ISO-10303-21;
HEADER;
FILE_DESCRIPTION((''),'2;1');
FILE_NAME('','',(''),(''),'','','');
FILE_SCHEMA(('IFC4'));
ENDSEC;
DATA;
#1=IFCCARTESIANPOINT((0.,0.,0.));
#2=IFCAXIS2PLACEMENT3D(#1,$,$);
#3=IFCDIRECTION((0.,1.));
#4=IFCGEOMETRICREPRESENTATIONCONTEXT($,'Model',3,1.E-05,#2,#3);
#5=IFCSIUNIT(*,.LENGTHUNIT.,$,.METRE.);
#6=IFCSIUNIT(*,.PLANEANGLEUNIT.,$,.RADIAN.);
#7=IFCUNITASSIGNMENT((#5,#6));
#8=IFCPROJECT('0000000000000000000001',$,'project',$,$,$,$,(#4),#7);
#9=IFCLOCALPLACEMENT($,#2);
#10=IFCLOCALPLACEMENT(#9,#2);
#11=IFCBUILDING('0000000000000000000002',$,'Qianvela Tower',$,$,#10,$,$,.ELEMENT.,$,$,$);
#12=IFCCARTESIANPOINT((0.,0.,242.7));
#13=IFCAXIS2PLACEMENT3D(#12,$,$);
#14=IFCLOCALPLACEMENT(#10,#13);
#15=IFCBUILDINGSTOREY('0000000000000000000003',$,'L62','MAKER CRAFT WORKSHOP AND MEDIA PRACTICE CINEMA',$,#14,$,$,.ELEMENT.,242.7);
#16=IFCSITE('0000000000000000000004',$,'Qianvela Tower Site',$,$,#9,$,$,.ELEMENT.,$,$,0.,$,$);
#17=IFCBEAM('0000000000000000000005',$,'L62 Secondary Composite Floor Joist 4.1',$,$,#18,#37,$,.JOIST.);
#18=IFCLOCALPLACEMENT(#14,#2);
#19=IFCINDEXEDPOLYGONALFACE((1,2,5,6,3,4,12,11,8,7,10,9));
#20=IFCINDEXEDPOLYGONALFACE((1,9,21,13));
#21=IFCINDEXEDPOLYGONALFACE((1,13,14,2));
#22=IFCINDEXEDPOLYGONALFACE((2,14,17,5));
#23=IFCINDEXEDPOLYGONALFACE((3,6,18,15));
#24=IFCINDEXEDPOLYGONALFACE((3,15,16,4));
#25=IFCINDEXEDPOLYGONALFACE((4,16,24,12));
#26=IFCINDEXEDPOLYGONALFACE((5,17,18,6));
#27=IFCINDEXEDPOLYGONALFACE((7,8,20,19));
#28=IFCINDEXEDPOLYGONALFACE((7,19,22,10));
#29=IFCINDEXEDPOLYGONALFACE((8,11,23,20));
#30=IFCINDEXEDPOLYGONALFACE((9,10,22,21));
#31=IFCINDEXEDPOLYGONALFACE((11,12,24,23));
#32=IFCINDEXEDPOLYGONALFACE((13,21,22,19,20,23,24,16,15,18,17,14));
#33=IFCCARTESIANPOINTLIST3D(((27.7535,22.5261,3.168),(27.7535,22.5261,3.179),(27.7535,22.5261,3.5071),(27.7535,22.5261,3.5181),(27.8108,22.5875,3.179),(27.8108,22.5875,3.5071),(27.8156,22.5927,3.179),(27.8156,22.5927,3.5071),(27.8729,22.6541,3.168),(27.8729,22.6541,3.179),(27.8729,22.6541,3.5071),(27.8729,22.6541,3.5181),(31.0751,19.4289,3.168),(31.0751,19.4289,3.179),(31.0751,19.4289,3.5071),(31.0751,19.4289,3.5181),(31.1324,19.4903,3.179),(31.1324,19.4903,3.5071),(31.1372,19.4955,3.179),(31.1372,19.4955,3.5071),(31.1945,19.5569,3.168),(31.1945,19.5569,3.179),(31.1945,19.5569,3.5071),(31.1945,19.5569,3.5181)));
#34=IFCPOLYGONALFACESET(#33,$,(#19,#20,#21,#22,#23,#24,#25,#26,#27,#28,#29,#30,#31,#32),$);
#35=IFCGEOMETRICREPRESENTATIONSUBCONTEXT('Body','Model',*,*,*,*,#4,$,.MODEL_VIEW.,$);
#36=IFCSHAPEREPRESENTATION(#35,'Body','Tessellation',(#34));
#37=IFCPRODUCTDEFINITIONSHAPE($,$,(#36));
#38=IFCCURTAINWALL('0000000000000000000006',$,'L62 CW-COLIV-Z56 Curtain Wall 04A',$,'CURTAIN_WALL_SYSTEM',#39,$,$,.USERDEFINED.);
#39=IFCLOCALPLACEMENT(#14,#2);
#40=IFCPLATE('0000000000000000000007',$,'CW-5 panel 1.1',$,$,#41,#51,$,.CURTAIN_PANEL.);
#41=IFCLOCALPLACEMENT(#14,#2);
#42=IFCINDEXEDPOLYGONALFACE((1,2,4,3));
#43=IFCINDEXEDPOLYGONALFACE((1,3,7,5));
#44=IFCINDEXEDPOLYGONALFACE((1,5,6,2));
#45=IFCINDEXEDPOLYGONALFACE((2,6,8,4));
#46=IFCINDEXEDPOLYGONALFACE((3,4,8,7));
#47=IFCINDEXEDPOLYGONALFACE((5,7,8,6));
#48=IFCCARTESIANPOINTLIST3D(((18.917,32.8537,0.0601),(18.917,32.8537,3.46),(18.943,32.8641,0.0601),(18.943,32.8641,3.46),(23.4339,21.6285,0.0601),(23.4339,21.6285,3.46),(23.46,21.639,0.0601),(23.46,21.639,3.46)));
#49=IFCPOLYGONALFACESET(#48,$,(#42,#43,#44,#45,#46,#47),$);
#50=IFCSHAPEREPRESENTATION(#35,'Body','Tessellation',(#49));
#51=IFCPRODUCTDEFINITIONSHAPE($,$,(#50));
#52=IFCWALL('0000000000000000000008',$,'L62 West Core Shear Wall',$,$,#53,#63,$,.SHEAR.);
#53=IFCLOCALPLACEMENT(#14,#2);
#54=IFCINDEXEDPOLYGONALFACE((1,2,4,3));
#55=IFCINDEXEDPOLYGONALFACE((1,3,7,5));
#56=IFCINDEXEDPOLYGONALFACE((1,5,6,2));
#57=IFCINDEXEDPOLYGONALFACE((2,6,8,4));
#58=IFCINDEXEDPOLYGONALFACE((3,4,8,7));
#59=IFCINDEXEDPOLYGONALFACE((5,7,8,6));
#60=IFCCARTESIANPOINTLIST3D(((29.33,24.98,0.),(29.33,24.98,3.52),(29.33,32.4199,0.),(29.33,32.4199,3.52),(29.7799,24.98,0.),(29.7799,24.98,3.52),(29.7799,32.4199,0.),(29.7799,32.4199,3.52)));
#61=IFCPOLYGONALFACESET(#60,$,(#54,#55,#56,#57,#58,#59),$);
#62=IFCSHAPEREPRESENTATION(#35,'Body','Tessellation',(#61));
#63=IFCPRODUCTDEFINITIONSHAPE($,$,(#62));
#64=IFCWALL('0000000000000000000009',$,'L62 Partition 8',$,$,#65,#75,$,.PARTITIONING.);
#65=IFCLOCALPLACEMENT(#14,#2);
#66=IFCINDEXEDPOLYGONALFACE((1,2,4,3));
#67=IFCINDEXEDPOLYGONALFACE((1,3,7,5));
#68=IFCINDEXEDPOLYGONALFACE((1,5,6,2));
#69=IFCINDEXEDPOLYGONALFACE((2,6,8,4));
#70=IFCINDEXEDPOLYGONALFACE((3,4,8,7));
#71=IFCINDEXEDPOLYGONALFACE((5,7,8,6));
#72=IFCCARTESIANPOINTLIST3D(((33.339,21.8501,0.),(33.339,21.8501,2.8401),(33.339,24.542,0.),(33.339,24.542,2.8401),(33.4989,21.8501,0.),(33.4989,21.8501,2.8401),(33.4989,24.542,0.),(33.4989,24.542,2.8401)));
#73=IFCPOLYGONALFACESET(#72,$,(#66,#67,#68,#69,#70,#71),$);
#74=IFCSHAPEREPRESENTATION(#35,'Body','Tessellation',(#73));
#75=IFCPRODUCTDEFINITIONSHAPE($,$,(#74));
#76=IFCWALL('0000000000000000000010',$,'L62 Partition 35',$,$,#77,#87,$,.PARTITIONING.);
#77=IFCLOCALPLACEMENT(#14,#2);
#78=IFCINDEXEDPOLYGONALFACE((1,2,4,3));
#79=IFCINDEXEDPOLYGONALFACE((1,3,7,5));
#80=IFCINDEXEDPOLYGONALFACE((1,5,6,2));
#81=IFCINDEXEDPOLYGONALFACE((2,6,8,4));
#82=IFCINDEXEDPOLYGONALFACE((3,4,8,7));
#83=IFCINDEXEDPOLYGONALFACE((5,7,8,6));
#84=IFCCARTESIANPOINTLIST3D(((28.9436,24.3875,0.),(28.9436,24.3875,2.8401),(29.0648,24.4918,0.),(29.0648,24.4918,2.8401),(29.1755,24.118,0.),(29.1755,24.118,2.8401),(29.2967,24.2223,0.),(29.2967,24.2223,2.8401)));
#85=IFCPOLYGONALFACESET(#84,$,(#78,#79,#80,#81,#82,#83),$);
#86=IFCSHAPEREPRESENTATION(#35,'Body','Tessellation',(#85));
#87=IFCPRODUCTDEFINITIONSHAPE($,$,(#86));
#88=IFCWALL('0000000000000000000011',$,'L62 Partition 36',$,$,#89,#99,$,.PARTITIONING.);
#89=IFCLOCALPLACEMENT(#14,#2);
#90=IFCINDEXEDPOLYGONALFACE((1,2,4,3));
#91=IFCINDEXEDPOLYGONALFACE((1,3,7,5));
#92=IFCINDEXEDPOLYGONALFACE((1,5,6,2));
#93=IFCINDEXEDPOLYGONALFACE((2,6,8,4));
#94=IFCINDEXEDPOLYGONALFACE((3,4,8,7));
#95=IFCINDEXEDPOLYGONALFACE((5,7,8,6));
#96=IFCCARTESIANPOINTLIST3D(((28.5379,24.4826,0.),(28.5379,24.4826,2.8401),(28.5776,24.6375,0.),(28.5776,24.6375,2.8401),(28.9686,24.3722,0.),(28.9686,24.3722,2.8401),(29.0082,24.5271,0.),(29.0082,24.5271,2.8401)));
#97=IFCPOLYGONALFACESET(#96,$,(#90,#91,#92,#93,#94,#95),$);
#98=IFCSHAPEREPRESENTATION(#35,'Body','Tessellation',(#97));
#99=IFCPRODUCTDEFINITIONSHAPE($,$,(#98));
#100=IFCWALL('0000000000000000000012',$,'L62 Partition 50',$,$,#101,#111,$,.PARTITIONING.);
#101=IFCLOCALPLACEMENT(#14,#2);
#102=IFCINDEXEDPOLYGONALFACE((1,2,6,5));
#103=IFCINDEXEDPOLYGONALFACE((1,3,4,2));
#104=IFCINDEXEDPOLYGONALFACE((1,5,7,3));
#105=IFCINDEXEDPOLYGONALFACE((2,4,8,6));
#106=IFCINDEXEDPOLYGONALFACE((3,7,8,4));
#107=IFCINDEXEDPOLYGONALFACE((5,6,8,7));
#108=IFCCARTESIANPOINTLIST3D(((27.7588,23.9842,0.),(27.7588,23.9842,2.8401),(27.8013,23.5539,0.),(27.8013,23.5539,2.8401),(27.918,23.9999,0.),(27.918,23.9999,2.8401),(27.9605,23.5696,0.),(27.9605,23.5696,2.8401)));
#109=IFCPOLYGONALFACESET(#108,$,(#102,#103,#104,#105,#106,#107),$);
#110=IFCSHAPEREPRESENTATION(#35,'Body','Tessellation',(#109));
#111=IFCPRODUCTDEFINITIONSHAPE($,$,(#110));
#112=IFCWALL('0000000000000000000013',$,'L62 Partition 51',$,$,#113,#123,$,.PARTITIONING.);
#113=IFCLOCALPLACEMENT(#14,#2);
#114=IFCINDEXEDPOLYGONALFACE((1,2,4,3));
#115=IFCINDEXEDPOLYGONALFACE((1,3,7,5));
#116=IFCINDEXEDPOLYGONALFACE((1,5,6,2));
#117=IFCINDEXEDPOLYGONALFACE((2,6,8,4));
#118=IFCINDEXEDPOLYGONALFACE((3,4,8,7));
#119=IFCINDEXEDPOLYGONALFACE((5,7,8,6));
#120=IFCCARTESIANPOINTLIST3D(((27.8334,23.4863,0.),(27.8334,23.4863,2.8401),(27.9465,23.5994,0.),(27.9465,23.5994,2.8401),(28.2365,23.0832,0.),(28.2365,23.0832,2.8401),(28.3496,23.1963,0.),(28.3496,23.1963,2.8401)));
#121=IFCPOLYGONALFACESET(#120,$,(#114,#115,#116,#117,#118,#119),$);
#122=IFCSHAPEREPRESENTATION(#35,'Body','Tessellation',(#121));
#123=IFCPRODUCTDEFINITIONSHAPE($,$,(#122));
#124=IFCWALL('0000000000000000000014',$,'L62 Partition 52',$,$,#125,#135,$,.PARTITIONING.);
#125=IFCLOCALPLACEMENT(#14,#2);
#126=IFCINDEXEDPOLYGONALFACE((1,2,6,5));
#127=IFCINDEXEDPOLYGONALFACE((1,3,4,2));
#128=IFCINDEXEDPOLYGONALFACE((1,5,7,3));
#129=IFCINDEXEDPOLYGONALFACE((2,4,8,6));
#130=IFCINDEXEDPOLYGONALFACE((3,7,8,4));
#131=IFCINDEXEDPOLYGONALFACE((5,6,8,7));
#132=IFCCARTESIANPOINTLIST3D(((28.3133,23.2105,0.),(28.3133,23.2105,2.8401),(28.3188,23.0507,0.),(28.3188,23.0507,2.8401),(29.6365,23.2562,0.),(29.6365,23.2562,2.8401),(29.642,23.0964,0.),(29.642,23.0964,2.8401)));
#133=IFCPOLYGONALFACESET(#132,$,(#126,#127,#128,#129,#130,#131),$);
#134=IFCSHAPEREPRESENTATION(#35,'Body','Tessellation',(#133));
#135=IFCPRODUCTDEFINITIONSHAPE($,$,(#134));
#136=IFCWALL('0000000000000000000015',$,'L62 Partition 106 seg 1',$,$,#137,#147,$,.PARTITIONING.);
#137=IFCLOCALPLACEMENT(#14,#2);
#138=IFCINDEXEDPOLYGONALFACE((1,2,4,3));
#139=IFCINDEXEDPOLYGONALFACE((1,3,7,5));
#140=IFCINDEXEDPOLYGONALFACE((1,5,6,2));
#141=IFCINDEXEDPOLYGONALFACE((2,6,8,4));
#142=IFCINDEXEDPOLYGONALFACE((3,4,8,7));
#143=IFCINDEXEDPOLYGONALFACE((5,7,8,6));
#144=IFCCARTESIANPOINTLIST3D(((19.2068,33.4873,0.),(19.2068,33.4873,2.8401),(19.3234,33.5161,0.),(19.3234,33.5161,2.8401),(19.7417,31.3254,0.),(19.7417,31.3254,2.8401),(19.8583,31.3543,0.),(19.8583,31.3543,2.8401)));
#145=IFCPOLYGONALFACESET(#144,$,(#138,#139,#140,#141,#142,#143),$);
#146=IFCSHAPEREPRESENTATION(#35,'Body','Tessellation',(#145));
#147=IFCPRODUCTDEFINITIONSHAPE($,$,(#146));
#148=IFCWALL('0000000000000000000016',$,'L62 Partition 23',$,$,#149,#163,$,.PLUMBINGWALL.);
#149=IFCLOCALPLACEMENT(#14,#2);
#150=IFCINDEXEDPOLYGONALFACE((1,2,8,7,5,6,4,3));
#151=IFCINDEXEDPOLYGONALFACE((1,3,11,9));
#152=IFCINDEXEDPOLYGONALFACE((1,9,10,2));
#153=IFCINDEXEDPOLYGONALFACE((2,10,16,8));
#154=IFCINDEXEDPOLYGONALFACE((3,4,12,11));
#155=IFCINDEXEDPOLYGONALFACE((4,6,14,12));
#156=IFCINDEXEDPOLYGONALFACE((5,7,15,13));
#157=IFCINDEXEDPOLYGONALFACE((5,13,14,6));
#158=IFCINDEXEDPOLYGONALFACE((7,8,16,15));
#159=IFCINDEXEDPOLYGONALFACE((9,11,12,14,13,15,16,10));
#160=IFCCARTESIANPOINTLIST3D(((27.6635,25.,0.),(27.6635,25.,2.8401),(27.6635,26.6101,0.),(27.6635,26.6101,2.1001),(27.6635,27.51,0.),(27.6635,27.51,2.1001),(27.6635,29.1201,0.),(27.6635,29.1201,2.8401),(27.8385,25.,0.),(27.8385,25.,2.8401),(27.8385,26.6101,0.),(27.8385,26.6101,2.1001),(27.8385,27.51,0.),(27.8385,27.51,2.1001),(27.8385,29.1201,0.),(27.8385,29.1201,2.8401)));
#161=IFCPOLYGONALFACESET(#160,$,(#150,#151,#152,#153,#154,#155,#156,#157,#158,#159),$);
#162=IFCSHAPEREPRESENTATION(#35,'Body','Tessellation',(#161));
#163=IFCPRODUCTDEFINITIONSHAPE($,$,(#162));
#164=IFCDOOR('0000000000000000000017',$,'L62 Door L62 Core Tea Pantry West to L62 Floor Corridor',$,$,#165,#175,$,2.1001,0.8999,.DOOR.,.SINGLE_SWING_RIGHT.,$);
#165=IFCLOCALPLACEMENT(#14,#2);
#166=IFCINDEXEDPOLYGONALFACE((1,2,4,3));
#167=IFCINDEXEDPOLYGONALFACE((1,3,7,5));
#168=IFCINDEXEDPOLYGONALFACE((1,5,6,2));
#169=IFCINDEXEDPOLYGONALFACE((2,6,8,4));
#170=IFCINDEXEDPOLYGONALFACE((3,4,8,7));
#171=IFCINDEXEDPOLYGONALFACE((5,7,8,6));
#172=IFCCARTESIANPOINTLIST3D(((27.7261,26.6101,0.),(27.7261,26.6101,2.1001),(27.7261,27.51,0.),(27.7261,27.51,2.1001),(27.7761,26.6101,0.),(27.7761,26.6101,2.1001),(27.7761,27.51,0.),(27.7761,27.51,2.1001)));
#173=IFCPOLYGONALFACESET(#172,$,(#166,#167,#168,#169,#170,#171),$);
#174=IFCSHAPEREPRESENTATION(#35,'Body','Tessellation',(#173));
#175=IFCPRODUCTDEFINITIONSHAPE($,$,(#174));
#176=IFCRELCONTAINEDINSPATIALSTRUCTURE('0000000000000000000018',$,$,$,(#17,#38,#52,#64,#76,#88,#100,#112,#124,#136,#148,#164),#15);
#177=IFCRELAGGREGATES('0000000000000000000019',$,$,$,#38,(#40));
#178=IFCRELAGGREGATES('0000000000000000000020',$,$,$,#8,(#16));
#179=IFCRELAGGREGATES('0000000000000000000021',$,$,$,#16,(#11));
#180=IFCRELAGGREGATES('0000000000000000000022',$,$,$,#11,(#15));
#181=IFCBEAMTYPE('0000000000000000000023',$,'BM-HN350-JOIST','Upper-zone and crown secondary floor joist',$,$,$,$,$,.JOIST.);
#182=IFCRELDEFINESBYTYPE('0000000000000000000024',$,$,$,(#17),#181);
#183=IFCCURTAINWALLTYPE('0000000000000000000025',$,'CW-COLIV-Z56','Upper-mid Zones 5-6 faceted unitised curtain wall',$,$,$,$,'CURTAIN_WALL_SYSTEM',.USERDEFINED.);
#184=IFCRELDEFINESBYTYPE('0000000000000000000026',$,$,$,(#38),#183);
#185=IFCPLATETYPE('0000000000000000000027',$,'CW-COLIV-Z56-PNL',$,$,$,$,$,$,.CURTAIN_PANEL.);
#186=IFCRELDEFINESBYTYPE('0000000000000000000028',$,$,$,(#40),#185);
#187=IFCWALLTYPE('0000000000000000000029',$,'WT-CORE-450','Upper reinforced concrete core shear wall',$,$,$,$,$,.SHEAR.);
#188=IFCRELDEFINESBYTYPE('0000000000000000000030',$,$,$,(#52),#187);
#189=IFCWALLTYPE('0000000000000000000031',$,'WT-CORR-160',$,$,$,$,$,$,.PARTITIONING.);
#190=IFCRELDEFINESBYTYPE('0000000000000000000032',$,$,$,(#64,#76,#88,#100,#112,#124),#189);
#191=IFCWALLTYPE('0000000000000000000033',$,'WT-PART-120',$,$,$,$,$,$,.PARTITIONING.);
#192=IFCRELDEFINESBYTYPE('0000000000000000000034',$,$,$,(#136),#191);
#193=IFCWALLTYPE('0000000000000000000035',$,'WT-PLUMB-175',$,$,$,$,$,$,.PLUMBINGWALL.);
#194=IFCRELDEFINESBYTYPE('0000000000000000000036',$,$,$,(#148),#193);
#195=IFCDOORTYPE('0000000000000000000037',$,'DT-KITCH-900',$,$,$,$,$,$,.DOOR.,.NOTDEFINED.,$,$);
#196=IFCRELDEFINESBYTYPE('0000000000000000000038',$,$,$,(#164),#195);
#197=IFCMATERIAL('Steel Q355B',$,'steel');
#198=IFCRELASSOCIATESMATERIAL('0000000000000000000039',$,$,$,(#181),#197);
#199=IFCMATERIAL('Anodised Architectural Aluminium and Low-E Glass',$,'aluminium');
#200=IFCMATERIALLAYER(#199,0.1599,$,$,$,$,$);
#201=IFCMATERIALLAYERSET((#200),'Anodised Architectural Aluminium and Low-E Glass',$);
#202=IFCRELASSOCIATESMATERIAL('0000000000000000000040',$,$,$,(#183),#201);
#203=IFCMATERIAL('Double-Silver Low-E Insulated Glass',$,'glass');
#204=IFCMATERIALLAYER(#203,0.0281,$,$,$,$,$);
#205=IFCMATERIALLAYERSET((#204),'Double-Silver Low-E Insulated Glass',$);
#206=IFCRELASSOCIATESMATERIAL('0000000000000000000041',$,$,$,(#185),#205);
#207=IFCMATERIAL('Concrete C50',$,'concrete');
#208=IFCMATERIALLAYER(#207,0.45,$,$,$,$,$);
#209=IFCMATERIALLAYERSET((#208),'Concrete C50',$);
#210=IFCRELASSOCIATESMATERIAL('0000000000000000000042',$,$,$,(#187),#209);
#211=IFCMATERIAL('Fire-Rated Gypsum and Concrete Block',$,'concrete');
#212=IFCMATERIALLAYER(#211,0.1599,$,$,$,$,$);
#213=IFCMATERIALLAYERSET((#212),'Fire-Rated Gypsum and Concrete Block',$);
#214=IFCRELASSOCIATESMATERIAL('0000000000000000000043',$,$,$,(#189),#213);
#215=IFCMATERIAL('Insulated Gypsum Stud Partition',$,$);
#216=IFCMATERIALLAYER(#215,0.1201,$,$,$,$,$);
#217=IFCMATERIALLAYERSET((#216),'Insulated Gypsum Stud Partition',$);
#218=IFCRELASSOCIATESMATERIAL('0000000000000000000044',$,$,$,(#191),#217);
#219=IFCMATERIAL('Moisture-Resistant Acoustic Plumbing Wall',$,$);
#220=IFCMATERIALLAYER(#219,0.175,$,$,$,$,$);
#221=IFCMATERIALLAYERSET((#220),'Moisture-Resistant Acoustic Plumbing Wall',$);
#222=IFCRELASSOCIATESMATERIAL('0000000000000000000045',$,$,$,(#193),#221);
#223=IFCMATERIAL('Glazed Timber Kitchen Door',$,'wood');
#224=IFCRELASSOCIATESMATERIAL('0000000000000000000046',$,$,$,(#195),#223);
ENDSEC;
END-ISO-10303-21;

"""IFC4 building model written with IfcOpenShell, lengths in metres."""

from ifc_helpers import new_model, si_unit, direction, frame, frame_2d, origin, origin_2d, place, context, subcontext, project, spatial, rectangle, i_section, extrude, material, layer, layer_set, material_profile, profile_set, type_object, element, fill, aggregate, save


model = new_model("IFC4")

# Units and contexts
model_context = context("Model", 3, precision=1e-05, world=origin(), true_north=direction((0.0, 1.0)))
body_context = subcontext(model_context, "Body", "Model", "MODEL_VIEW")
ifc_project = project(units=[si_unit("LENGTHUNIT", "METRE"), si_unit("PLANEANGLEUNIT", "RADIAN")], contexts=[model_context])

# Site, building, storey
site_placement = place(None, origin())
site = spatial("IfcSite", under=ifc_project, at=site_placement, Name="Qianvela Tower Site", CompositionType="ELEMENT", RefElevation=0.0)
building_placement = place(site_placement, origin())
building = spatial("IfcBuilding", under=site, at=building_placement, Name="Qianvela Tower", CompositionType="ELEMENT")
storey_placement = place(building_placement, frame((0.0, 0.0, 242.7)))
storey = spatial("IfcBuildingStorey", under=building, at=storey_placement, Name="L62", Description="MAKER CRAFT WORKSHOP AND MEDIA PRACTICE CINEMA", CompositionType="ELEMENT", Elevation=242.7)

# Beam
ifc_material_1 = material(Name="Steel Q355B", Category="steel")
ifc_material_profile_1 = material_profile(ifc_material_1, i_section(OverallWidth=0.175, OverallDepth=0.3501, WebThickness=0.0071, FlangeThickness=0.011, at=origin_2d()), Name="HN350x175x7x11")
ifc_profile_set_1 = profile_set([ifc_material_profile_1], Name="Steel Q355B")
beam_type_1 = type_object("IfcBeamType", Name="BM-HN350-JOIST", Description="Upper-zone and crown secondary floor joist", PredefinedType="JOIST", material=ifc_profile_set_1)
beam_1_placement = place(storey_placement, frame((27.8132, 22.5901, 3.343), z_axis=(0.731377, -0.681973, 0.0), x_axis=(0.681973, 0.731377, 0.0)))
element("IfcBeam", 1, at=beam_1_placement, inside=storey, type_object=beam_type_1, Name="L62 Secondary Composite Floor Joist 4.1", PredefinedType="JOIST", context=body_context, shape_type="SweptSolid", body=[
    extrude(i_section(OverallWidth=0.175, OverallDepth=0.3501, WebThickness=0.0071, FlangeThickness=0.011, at=origin_2d()), origin(), (0.0, 0.0, 1.0), 4.5415),
])

# Curtain wall, plate
ifc_material_2 = material(Name="Anodised Architectural Aluminium and Low-E Glass", Category="aluminium")
ifc_layer_1 = layer(ifc_material_2, 0.1599)
ifc_layer_set_1 = layer_set([ifc_layer_1], Name="Anodised Architectural Aluminium and Low-E Glass")
curtain_wall_type = type_object("IfcCurtainWallType", Name="CW-COLIV-Z56", Description="Upper-mid Zones 5-6 faceted unitised curtain wall", ElementType="CURTAIN_WALL_SYSTEM", PredefinedType="USERDEFINED", material=ifc_layer_set_1)
curtain_wall_placement = place(storey_placement, origin())
curtain_wall = element("IfcCurtainWall", 2, at=curtain_wall_placement, inside=storey, type_object=curtain_wall_type, Name="L62 CW-COLIV-Z56 Curtain Wall 04A", ObjectType="CURTAIN_WALL_SYSTEM", PredefinedType="USERDEFINED")
ifc_material_3 = material(Name="Double-Silver Low-E Insulated Glass", Category="glass")
ifc_layer_2 = layer(ifc_material_3, 0.0281)
ifc_layer_set_2 = layer_set([ifc_layer_2], Name="Double-Silver Low-E Insulated Glass")
plate_type = type_object("IfcPlateType", Name="CW-COLIV-Z56-PNL", PredefinedType="CURTAIN_PANEL", material=ifc_layer_set_2)
plate_placement = place(storey_placement, frame((21.1885, 27.2463, 0.0601), z_axis=(0.0, 0.0, 1.0), x_axis=(0.373306, -0.927708, 0.0)))
plate = element("IfcPlate", 3, at=plate_placement, type_object=plate_type, Name="CW-5 panel 1.1", PredefinedType="CURTAIN_PANEL", context=body_context, shape_type="SweptSolid", body=[
    extrude(rectangle(XDim=12.0999, YDim=0.0281, at=origin_2d()), origin(), (0.0, 0.0, 1.0), 3.3999),
])
aggregate(curtain_wall, [plate])

# Shared definitions
ifc_material_4 = material(Name="Concrete C50", Category="concrete")
ifc_layer_3 = layer(ifc_material_4, 0.45)
ifc_layer_set_3 = layer_set([ifc_layer_3], Name="Concrete C50")
wall_type_1 = type_object("IfcWallType", Name="WT-CORE-450", Description="Upper reinforced concrete core shear wall", PredefinedType="SHEAR", material=ifc_layer_set_3)

# Walls
wall_1_placement = place(storey_placement, frame((29.5549, 24.98, 0.0), z_axis=(0.0, 0.0, 1.0), x_axis=(0.0, 1.0, 0.0)))
element("IfcWall", 4, at=wall_1_placement, inside=storey, type_object=wall_type_1, Name="L62 West Core Shear Wall", PredefinedType="SHEAR", context=body_context, shape_type="SweptSolid", body=[
    extrude(rectangle(XDim=7.4399, YDim=0.45, at=frame_2d((3.72, 0.0))), origin(), (0.0, 0.0, 1.0), 3.52),
])
ifc_material_5 = material(Name="Fire-Rated Gypsum and Concrete Block", Category="concrete")
ifc_layer_4 = layer(ifc_material_5, 0.1599)
ifc_layer_set_4 = layer_set([ifc_layer_4], Name="Fire-Rated Gypsum and Concrete Block")
wall_type_2 = type_object("IfcWallType", Name="WT-CORR-160", PredefinedType="PARTITIONING", material=ifc_layer_set_4)
wall_2_placement = place(storey_placement, frame((33.4189, 24.542, 0.0), z_axis=(0.0, 0.0, 1.0), x_axis=(0.0, -1.0, 0.0)))
element("IfcWall", 5, at=wall_2_placement, inside=storey, type_object=wall_type_2, Name="L62 Partition 8", PredefinedType="PARTITIONING", context=body_context, shape_type="SweptSolid", body=[
    extrude(rectangle(XDim=2.6919, YDim=0.1599, at=frame_2d((1.3459, 0.0))), origin(), (0.0, 0.0, 1.0), 2.8401),
])
wall_3_placement = place(storey_placement, frame((29.2361, 24.1702, 0.0), z_axis=(0.0, 0.0, 1.0), x_axis=(-0.65226, 0.757995, 0.0)))
element("IfcWall", 6, at=wall_3_placement, inside=storey, type_object=wall_type_2, Name="L62 Partition 35", PredefinedType="PARTITIONING", context=body_context, shape_type="SweptSolid", body=[
    extrude(rectangle(XDim=0.3555, YDim=0.1599, at=frame_2d((0.1777, 0.0))), origin(), (0.0, 0.0, 1.0), 2.8401),
])
wall_4_placement = place(storey_placement, frame((28.9883, 24.4497, 0.0), z_axis=(0.0, 0.0, 1.0), x_axis=(-0.968705, 0.248217, 0.0)))
element("IfcWall", 7, at=wall_4_placement, inside=storey, type_object=wall_type_2, Name="L62 Partition 36", PredefinedType="PARTITIONING", context=body_context, shape_type="SweptSolid", body=[
    extrude(rectangle(XDim=0.4446, YDim=0.1599, at=frame_2d((0.2222, 0.0))), origin(), (0.0, 0.0, 1.0), 2.8401),
])
wall_5_placement = place(storey_placement, frame((27.8384, 23.9922, 0.0), z_axis=(0.0, 0.0, 1.0), x_axis=(0.098273, -0.995159, 0.0)))
element("IfcWall", 8, at=wall_5_placement, inside=storey, type_object=wall_type_2, Name="L62 Partition 50", PredefinedType="PARTITIONING", context=body_context, shape_type="SweptSolid", body=[
    extrude(rectangle(XDim=0.4324, YDim=0.1599, at=frame_2d((0.2163, 0.0))), origin(), (0.0, 0.0, 1.0), 2.8401),
])
wall_6_placement = place(storey_placement, frame((27.8899, 23.543, 0.0), z_axis=(0.0, 0.0, 1.0), x_axis=(0.707107, -0.707107, 0.0)))
element("IfcWall", 9, at=wall_6_placement, inside=storey, type_object=wall_type_2, Name="L62 Partition 51", PredefinedType="PARTITIONING", context=body_context, shape_type="SweptSolid", body=[
    extrude(rectangle(XDim=0.5701, YDim=0.1599, at=frame_2d((0.2852, 0.0))), origin(), (0.0, 0.0, 1.0), 2.8401),
])
wall_7_placement = place(storey_placement, frame((28.3159, 23.1306, 0.0), z_axis=(0.0, 0.0, 1.0), x_axis=(0.999405, 0.034481, 0.0)))
element("IfcWall", 10, at=wall_7_placement, inside=storey, type_object=wall_type_2, Name="L62 Partition 52", PredefinedType="PARTITIONING", context=body_context, shape_type="SweptSolid", body=[
    extrude(rectangle(XDim=1.324, YDim=0.1599, at=frame_2d((0.6621, 0.0))), origin(), (0.0, 0.0, 1.0), 2.8401),
])
ifc_material_6 = material(Name="Insulated Gypsum Stud Partition")
ifc_layer_5 = layer(ifc_material_6, 0.1201)
ifc_layer_set_5 = layer_set([ifc_layer_5], Name="Insulated Gypsum Stud Partition")
wall_type_3 = type_object("IfcWallType", Name="WT-PART-120", PredefinedType="PARTITIONING", material=ifc_layer_set_5)
wall_8_placement = place(storey_placement, frame((19.8, 31.3398, 0.0), z_axis=(0.0, 0.0, 1.0), x_axis=(-0.240188, 0.970726, 0.0)))
element("IfcWall", 11, at=wall_8_placement, inside=storey, type_object=wall_type_3, Name="L62 Partition 106 seg 1", PredefinedType="PARTITIONING", context=body_context, shape_type="SweptSolid", body=[
    extrude(rectangle(XDim=2.2271, YDim=0.1201, at=frame_2d((1.1135, 0.0))), origin(), (0.0, 0.0, 1.0), 2.8401),
])

# Wall, opening, door
ifc_material_7 = material(Name="Moisture-Resistant Acoustic Plumbing Wall")
ifc_layer_6 = layer(ifc_material_7, 0.175)
ifc_layer_set_6 = layer_set([ifc_layer_6], Name="Moisture-Resistant Acoustic Plumbing Wall")
wall_type_4 = type_object("IfcWallType", Name="WT-PLUMB-175", PredefinedType="PLUMBINGWALL", material=ifc_layer_set_6)
wall_9_placement = place(storey_placement, frame((27.751, 25.0, 0.0), z_axis=(0.0, 0.0, 1.0), x_axis=(0.0, 1.0, 0.0)))
wall_9 = element("IfcWall", 12, at=wall_9_placement, inside=storey, type_object=wall_type_4, Name="L62 Partition 23", PredefinedType="PLUMBINGWALL", context=body_context, shape_type="SweptSolid", body=[
    extrude(rectangle(XDim=4.1201, YDim=0.175, at=frame_2d((2.0601, 0.0))), origin(), (0.0, 0.0, 1.0), 2.8401),
])
opening_1_placement = place(wall_9_placement, frame((1.6101, 0.0, 0.0)))
opening_1 = element("IfcOpeningElement", 13, at=opening_1_placement, cuts=wall_9, PredefinedType="OPENING", context=body_context, shape_type="SweptSolid", body=[
    extrude(rectangle(XDim=0.8999, YDim=2.1001, at=frame_2d((0.45, 1.05))), frame((0.0, 0.0974, 0.0), z_axis=(0.0, -1.0, 0.0), x_axis=(1.0, 0.0, 0.0)), (0.0, 0.0, 1.0), 0.1951),
])
ifc_material_8 = material(Name="Glazed Timber Kitchen Door", Category="wood")
door_type_1 = type_object("IfcDoorType", Name="DT-KITCH-900", OperationType="NOTDEFINED", PredefinedType="DOOR", material=ifc_material_8)
door_1_placement = place(opening_1_placement, origin())
door_1 = element("IfcDoor", 14, at=door_1_placement, inside=storey, type_object=door_type_1, Name="L62 Door L62 Core Tea Pantry West to L62 Floor Corridor", OperationType="SINGLE_SWING_RIGHT", OverallHeight=2.1001, OverallWidth=0.8999, PredefinedType="DOOR", context=body_context, shape_type="SweptSolid", body=[
    extrude(rectangle(XDim=0.8999, YDim=2.1001, at=frame_2d((0.45, 1.05))), frame((0.0, 0.0249, 0.0), z_axis=(0.0, -1.0, 0.0), x_axis=(1.0, 0.0, 0.0)), (0.0, 0.0, 1.0), 0.05),
])
fill(opening_1, door_1)

save(model, "model.ifc")
